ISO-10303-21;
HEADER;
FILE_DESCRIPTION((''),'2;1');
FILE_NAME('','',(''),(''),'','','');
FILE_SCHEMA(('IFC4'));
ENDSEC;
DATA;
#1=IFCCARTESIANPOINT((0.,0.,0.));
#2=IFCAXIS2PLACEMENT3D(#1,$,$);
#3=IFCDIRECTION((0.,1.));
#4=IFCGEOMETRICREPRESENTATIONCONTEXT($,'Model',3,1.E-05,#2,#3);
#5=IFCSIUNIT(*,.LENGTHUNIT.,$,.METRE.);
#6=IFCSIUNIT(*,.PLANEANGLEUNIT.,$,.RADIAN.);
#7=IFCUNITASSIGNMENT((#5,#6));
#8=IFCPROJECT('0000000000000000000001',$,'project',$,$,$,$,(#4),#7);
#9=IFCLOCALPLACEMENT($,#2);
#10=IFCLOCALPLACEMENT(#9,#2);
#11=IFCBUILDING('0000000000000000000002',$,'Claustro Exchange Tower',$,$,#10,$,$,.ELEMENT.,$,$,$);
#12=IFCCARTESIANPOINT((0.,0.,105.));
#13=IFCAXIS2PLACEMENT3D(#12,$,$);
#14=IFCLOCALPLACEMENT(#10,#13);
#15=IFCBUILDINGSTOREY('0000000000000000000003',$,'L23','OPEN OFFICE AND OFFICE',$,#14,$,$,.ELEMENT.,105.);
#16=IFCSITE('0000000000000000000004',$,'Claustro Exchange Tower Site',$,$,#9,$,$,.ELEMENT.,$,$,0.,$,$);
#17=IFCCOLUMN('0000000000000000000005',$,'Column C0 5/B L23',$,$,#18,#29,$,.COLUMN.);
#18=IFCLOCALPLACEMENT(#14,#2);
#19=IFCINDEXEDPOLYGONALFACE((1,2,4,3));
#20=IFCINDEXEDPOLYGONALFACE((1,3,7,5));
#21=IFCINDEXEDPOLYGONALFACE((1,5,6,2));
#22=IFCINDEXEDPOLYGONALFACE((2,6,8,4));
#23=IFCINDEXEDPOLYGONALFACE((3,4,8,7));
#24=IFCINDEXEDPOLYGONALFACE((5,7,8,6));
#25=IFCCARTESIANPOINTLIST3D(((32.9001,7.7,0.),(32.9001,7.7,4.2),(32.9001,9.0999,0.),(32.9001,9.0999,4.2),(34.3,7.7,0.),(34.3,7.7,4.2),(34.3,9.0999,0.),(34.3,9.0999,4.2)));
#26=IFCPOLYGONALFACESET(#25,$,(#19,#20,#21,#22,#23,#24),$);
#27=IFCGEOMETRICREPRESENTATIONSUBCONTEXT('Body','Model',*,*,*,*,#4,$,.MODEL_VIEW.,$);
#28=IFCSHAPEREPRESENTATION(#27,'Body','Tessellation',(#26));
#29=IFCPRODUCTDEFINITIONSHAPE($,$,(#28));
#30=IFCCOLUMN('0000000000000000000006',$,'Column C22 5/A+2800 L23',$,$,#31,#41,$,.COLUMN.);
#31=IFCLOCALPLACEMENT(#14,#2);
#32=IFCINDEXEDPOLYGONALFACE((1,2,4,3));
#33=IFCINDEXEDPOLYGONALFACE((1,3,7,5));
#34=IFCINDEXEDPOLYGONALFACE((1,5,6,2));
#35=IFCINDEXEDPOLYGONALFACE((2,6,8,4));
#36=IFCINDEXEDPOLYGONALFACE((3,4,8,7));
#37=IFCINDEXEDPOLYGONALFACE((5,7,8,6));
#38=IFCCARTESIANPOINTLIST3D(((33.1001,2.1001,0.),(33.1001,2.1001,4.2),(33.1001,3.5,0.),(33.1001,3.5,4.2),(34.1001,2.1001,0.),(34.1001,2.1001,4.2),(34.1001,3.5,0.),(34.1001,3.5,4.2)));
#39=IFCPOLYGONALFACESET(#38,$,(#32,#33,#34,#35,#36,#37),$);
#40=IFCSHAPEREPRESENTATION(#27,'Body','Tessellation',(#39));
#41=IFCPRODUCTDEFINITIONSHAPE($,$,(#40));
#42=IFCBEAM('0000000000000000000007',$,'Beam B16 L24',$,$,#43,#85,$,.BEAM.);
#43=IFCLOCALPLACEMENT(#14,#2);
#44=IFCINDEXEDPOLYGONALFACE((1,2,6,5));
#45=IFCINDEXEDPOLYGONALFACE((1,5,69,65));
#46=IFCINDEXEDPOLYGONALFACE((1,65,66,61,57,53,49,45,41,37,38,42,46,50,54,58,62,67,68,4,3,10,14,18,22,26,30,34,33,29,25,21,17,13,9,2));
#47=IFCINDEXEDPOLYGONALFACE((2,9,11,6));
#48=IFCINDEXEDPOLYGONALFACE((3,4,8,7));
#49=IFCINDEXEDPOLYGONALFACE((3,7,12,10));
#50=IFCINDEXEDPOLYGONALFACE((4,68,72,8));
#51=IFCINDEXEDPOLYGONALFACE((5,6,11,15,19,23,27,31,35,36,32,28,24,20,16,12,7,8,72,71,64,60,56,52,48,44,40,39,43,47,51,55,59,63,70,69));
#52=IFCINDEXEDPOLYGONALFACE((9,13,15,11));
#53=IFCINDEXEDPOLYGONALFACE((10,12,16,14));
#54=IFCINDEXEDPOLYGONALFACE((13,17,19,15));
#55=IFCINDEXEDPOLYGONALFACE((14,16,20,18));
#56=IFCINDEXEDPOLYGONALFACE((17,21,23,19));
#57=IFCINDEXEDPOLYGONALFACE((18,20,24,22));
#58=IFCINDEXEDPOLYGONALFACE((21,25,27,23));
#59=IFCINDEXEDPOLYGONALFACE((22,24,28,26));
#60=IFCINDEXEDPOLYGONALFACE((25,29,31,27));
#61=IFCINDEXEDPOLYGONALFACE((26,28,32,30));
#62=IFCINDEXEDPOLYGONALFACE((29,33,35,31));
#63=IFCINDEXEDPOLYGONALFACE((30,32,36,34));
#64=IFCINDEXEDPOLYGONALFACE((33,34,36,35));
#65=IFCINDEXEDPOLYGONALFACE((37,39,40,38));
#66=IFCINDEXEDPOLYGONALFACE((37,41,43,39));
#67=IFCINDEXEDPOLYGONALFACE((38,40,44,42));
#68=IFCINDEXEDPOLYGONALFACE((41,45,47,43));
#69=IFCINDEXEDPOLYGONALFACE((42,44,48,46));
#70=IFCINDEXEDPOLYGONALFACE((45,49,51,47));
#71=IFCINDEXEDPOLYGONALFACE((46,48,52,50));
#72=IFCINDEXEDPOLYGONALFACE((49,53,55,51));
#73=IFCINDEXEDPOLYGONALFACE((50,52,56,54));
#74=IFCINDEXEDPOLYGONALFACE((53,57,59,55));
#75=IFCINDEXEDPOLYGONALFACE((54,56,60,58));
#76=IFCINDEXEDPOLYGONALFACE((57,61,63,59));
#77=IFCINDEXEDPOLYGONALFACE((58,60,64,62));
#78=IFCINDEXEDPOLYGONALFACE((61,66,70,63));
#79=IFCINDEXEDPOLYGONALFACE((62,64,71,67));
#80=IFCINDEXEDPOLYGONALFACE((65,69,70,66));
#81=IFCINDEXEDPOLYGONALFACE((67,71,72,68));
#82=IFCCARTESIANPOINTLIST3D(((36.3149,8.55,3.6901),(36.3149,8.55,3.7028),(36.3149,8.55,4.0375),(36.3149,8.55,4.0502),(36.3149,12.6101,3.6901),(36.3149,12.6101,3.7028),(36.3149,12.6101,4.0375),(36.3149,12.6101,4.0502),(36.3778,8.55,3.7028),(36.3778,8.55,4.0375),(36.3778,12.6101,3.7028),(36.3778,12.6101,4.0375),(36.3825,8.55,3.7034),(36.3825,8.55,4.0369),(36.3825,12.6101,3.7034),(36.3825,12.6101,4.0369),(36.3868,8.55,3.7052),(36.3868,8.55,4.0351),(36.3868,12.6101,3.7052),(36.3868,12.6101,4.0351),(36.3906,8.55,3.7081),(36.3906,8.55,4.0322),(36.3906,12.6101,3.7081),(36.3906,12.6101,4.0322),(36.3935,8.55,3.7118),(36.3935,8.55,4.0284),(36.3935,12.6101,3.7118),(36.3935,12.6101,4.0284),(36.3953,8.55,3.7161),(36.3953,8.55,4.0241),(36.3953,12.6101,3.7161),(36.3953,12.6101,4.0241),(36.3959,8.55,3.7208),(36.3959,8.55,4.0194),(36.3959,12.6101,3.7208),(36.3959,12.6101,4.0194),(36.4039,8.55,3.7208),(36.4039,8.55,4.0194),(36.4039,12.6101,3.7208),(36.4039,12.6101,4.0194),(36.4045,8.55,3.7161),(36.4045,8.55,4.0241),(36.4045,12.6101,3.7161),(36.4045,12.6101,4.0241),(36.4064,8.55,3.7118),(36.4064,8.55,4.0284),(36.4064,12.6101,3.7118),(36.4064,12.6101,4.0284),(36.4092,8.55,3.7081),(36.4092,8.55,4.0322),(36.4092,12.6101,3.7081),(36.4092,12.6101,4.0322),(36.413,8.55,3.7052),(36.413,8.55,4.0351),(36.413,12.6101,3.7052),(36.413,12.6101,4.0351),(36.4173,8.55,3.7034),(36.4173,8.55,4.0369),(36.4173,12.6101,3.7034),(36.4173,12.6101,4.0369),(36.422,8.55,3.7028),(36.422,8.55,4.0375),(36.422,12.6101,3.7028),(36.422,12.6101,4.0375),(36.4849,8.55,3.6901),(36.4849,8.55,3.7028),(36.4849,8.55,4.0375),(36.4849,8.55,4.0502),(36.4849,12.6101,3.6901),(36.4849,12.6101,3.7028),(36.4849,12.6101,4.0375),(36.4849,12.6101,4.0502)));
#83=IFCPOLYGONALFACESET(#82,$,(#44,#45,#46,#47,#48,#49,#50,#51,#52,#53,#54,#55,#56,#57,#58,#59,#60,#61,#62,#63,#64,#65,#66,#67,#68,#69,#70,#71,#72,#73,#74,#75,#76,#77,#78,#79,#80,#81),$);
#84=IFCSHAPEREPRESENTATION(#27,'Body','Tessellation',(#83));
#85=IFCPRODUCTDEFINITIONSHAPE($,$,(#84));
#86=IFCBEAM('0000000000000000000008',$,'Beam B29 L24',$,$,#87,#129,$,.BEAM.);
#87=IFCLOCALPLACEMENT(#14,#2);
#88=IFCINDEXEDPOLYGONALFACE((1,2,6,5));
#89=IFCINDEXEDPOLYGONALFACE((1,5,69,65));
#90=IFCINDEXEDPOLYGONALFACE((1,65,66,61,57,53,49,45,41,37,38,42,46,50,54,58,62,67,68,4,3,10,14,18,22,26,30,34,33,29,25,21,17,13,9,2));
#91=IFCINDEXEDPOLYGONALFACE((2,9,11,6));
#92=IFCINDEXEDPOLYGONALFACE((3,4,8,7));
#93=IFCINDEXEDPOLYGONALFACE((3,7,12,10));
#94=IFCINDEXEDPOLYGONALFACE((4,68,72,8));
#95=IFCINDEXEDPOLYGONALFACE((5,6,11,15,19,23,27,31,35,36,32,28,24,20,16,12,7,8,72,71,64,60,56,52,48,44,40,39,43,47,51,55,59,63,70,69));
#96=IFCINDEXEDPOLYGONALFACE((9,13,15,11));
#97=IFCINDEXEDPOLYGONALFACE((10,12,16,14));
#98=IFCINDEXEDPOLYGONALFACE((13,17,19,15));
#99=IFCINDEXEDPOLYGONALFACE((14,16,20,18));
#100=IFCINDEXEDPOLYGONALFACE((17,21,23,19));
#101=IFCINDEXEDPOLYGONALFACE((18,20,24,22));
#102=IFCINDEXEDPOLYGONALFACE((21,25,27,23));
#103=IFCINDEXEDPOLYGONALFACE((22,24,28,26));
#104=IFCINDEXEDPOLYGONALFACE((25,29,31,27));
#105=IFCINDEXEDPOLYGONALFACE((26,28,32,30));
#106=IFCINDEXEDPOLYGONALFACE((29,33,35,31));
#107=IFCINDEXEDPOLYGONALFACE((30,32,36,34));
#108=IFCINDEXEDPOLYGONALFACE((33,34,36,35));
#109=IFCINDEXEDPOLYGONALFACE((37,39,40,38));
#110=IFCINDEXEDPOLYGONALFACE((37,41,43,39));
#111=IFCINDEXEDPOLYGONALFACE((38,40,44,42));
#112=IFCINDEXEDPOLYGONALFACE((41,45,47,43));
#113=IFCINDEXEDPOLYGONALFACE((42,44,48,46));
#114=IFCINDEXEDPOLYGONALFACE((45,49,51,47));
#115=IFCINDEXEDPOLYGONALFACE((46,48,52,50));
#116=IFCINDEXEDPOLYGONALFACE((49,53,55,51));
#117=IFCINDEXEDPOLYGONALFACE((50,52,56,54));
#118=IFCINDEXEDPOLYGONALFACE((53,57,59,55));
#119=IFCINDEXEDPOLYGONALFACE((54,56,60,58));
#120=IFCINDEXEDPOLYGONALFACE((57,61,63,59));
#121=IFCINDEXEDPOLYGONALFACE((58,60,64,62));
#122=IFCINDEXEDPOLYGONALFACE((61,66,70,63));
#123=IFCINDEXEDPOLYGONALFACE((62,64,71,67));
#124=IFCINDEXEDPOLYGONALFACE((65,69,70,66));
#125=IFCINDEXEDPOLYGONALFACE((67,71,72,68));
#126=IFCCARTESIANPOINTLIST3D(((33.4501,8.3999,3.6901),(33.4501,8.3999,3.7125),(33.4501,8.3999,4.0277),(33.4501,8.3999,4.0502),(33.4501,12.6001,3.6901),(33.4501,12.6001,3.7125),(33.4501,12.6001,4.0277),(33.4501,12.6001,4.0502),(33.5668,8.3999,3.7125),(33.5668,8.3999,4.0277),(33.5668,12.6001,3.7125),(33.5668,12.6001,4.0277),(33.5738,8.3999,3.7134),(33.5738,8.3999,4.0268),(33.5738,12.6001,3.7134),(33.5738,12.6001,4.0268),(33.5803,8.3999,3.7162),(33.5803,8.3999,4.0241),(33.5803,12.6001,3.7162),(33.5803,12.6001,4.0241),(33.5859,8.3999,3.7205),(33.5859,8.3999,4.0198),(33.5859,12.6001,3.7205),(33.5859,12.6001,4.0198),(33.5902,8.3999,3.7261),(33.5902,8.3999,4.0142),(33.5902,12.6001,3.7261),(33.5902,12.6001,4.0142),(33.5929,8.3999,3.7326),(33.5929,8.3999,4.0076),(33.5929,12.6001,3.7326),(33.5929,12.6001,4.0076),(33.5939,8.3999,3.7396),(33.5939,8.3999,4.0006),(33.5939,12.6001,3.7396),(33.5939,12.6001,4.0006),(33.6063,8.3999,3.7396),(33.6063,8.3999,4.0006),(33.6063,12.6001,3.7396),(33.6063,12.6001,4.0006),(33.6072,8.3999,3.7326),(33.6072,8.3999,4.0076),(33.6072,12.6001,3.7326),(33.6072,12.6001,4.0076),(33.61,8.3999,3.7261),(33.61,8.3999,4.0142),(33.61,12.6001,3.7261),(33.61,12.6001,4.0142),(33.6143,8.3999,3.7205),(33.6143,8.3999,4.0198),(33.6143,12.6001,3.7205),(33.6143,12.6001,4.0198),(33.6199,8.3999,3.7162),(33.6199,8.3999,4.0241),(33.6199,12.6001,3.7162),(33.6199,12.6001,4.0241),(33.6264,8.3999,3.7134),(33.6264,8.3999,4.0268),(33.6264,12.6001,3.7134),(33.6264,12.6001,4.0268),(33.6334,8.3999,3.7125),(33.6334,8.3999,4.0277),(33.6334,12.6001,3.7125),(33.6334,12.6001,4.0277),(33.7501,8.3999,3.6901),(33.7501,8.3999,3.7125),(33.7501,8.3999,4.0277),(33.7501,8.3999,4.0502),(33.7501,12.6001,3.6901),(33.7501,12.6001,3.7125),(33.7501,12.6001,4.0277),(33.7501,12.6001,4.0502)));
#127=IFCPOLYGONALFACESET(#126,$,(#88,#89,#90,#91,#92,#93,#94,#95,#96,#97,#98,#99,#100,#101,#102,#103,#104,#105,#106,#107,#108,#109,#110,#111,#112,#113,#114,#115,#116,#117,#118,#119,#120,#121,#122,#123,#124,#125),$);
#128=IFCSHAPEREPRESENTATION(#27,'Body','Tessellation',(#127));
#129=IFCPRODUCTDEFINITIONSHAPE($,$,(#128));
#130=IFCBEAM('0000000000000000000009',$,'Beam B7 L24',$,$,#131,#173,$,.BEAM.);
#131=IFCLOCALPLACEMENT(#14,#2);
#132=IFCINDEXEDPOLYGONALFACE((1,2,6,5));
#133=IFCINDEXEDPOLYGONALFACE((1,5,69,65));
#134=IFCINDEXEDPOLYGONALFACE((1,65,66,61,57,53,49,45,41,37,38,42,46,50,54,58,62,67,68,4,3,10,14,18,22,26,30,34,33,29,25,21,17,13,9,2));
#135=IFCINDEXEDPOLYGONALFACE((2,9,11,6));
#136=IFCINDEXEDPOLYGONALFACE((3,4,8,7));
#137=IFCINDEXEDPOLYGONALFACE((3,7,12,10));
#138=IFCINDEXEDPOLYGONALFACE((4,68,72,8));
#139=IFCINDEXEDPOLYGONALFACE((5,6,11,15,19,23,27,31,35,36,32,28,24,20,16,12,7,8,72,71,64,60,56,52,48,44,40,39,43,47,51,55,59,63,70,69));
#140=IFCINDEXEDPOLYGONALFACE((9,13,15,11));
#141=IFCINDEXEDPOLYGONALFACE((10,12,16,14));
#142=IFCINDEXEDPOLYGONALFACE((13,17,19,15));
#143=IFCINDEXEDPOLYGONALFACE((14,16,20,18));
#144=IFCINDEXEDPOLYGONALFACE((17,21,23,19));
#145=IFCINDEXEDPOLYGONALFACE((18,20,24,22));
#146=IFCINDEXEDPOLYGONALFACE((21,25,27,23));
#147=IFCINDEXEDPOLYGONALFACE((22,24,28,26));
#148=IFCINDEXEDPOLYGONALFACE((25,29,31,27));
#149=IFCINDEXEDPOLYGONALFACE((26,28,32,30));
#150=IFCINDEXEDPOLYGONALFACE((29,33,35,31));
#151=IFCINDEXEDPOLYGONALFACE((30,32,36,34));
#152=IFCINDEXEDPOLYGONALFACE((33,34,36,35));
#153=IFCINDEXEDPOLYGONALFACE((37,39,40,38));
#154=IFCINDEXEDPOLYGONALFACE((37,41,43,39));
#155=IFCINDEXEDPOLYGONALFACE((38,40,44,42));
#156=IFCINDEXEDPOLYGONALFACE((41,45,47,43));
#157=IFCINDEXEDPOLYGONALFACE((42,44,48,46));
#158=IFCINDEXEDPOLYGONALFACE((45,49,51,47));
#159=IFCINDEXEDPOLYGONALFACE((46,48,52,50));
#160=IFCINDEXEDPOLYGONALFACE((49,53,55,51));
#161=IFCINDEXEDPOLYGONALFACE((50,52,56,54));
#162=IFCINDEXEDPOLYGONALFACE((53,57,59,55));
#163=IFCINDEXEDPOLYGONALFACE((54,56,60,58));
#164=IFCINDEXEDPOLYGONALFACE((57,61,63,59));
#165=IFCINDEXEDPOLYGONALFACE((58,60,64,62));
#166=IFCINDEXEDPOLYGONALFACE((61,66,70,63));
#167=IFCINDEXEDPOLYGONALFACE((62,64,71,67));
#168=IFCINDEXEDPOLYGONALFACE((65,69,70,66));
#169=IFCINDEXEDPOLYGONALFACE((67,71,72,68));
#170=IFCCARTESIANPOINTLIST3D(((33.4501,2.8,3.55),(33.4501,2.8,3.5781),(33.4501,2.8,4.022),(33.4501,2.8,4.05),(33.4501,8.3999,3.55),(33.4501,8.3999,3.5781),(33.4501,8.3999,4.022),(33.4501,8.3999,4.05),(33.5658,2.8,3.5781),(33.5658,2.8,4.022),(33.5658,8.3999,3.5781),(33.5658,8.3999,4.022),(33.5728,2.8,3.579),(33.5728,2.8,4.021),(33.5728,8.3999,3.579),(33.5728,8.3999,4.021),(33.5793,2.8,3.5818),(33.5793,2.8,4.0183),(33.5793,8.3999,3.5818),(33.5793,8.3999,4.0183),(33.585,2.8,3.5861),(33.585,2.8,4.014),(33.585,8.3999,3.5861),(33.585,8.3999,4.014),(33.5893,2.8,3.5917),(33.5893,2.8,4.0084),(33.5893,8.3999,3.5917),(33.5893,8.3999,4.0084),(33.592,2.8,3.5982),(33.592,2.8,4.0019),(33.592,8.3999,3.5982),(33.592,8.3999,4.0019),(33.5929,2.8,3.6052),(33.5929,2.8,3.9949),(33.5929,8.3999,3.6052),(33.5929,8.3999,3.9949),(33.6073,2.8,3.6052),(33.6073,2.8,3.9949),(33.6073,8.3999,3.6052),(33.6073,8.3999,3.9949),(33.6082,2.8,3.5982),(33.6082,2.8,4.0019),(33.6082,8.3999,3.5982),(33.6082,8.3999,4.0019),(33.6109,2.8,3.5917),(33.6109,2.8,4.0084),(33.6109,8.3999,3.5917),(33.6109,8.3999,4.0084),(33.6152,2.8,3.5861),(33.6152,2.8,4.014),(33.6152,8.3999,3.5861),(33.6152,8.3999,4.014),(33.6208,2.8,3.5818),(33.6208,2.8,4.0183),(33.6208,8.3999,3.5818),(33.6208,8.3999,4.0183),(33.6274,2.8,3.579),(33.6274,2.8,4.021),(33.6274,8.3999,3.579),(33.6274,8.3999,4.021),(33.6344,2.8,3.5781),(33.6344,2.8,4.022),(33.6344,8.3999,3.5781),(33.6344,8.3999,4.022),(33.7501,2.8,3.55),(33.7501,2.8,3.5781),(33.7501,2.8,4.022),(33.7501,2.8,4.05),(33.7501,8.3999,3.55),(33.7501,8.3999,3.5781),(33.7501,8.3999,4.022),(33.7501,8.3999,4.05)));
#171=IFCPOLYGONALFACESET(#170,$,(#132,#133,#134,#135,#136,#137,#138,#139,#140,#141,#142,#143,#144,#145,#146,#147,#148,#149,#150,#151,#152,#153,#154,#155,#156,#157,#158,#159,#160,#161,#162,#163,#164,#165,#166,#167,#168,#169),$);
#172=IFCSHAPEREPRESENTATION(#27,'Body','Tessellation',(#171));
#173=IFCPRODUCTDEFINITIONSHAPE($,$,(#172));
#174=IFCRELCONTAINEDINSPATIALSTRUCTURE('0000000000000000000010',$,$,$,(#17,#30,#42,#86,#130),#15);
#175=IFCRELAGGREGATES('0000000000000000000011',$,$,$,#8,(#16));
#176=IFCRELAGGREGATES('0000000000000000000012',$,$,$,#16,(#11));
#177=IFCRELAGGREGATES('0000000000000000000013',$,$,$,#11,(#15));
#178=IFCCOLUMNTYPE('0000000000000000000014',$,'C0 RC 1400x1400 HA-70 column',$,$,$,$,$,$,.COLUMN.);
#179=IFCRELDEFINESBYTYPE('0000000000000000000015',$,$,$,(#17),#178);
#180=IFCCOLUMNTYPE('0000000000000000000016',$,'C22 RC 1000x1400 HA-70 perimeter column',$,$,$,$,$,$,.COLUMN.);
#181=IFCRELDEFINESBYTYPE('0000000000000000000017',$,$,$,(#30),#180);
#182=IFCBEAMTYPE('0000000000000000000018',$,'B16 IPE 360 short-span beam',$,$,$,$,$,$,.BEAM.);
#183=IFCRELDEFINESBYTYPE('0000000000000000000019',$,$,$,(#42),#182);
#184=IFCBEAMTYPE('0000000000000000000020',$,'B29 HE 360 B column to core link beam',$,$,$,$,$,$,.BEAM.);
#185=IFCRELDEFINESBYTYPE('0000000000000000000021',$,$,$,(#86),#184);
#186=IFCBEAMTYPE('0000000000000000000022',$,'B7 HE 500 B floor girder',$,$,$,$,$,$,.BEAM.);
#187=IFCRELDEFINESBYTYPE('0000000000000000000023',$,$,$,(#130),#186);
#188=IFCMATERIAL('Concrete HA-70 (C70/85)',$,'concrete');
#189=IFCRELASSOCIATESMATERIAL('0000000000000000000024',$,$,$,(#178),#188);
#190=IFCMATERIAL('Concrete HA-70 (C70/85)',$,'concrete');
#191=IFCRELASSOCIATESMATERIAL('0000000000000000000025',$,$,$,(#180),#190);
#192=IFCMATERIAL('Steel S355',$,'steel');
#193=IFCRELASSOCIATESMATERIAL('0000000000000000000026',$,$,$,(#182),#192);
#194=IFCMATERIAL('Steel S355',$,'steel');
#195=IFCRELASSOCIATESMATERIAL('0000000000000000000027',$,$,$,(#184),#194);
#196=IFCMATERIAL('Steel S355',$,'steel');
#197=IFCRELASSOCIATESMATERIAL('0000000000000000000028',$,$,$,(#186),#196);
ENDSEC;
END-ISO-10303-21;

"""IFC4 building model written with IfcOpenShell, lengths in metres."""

from ifc_helpers import new_model, si_unit, direction, frame, origin, origin_2d, place, context, subcontext, project, spatial, rectangle, i_section, extrude, material, material_profile, profile_set, type_object, element, save


model = new_model("IFC4")

# Units and contexts
model_context = context("Model", 3, precision=1e-05, world=origin(), true_north=direction((0.0, 1.0)))
body_context = subcontext(model_context, "Body", "Model", "MODEL_VIEW")
ifc_project = project(units=[si_unit("LENGTHUNIT", "METRE"), si_unit("PLANEANGLEUNIT", "RADIAN")], contexts=[model_context])

# Site, building, storey
site_placement = place(None, origin())
site = spatial("IfcSite", under=ifc_project, at=site_placement, Name="Claustro Exchange Tower Site", CompositionType="ELEMENT", RefElevation=0.0)
building_placement = place(site_placement, origin())
building = spatial("IfcBuilding", under=site, at=building_placement, Name="Claustro Exchange Tower", CompositionType="ELEMENT")
storey_placement = place(building_placement, frame((0.0, 0.0, 105.0)))
storey = spatial("IfcBuildingStorey", under=building, at=storey_placement, Name="L23", Description="OPEN OFFICE AND OFFICE", CompositionType="ELEMENT", Elevation=105.0)

# Columns
ifc_material_1 = material(Name="Concrete HA-70 (C70/85)", Category="concrete")
ifc_material_profile_1 = material_profile(ifc_material_1, rectangle(XDim=1.3999, YDim=1.3999, at=origin_2d()), Name="RC 1400x1400")
ifc_profile_set_1 = profile_set([ifc_material_profile_1], Name="Concrete HA-70 (C70/85)")
column_type_1 = type_object("IfcColumnType", Name="C0 RC 1400x1400 HA-70 column", PredefinedType="COLUMN", material=ifc_profile_set_1)
column_1_placement = place(storey_placement, frame((33.6001, 8.3999, 0.0), z_axis=(0.0, 0.0, 1.0), x_axis=(1.0, 0.0, 0.0)))
element("IfcColumn", 1, at=column_1_placement, inside=storey, type_object=column_type_1, Name="Column C0 5/B L23", PredefinedType="COLUMN", context=body_context, shape_type="SweptSolid", body=[
    extrude(rectangle(XDim=1.3999, YDim=1.3999, at=origin_2d()), origin(), (0.0, 0.0, 1.0), 4.2),
])
ifc_material_2 = material(Name="Concrete HA-70 (C70/85)", Category="concrete")
ifc_material_profile_2 = material_profile(ifc_material_2, rectangle(XDim=1.0, YDim=1.3999, at=origin_2d()), Name="RC 1000x1400")
ifc_profile_set_2 = profile_set([ifc_material_profile_2], Name="Concrete HA-70 (C70/85)")
column_type_2 = type_object("IfcColumnType", Name="C22 RC 1000x1400 HA-70 perimeter column", PredefinedType="COLUMN", material=ifc_profile_set_2)
column_2_placement = place(storey_placement, frame((33.6001, 2.8, 0.0), z_axis=(0.0, 0.0, 1.0), x_axis=(1.0, 0.0, 0.0)))
element("IfcColumn", 2, at=column_2_placement, inside=storey, type_object=column_type_2, Name="Column C22 5/A+2800 L23", PredefinedType="COLUMN", context=body_context, shape_type="SweptSolid", body=[
    extrude(rectangle(XDim=1.0, YDim=1.3999, at=origin_2d()), origin(), (0.0, 0.0, 1.0), 4.2),
])

# Beams
ifc_material_3 = material(Name="Steel S355", Category="steel")
ifc_material_profile_3 = material_profile(ifc_material_3, i_section(OverallWidth=0.1699, OverallDepth=0.3601, WebThickness=0.0081, FlangeThickness=0.0127, FilletRadius=0.0181, at=origin_2d()), Name="IPE 360")
ifc_profile_set_3 = profile_set([ifc_material_profile_3], Name="Steel S355")
beam_type_1 = type_object("IfcBeamType", Name="B16 IPE 360 short-span beam", PredefinedType="BEAM", material=ifc_profile_set_3)
beam_1_placement = place(storey_placement, frame((36.3999, 8.55, 3.8701), z_axis=(0.0, 1.0, 0.0), x_axis=(-1.0, 0.0, 0.0)))
element("IfcBeam", 3, at=beam_1_placement, inside=storey, type_object=beam_type_1, Name="Beam B16 L24", PredefinedType="BEAM", context=body_context, shape_type="SweptSolid", body=[
    extrude(i_section(OverallWidth=0.1699, OverallDepth=0.3601, WebThickness=0.0081, FlangeThickness=0.0127, FilletRadius=0.0181, at=origin_2d()), origin(), (0.0, 0.0, 1.0), 4.0601),
])
ifc_material_4 = material(Name="Steel S355", Category="steel")
ifc_material_profile_4 = material_profile(ifc_material_4, i_section(OverallWidth=0.3, OverallDepth=0.3601, WebThickness=0.0125, FlangeThickness=0.0225, FilletRadius=0.0271, at=origin_2d()), Name="HE 360 B")
ifc_profile_set_4 = profile_set([ifc_material_profile_4], Name="Steel S355")
beam_type_2 = type_object("IfcBeamType", Name="B29 HE 360 B column to core link beam", PredefinedType="BEAM", material=ifc_profile_set_4)
beam_2_placement = place(storey_placement, frame((33.6001, 8.3999, 3.8701), z_axis=(0.0, 1.0, 0.0), x_axis=(-1.0, 0.0, 0.0)))
element("IfcBeam", 4, at=beam_2_placement, inside=storey, type_object=beam_type_2, Name="Beam B29 L24", PredefinedType="BEAM", context=body_context, shape_type="SweptSolid", body=[
    extrude(i_section(OverallWidth=0.3, OverallDepth=0.3601, WebThickness=0.0125, FlangeThickness=0.0225, FilletRadius=0.0271, at=origin_2d()), origin(), (0.0, 0.0, 1.0), 4.2002),
])
ifc_material_5 = material(Name="Steel S355", Category="steel")
ifc_material_profile_5 = material_profile(ifc_material_5, i_section(OverallWidth=0.3, OverallDepth=0.5, WebThickness=0.0144, FlangeThickness=0.0281, FilletRadius=0.0271, at=origin_2d()), Name="HE 500 B")
ifc_profile_set_5 = profile_set([ifc_material_profile_5], Name="Steel S355")
beam_type_3 = type_object("IfcBeamType", Name="B7 HE 500 B floor girder", PredefinedType="BEAM", material=ifc_profile_set_5)
beam_3_placement = place(storey_placement, frame((33.6001, 2.8, 3.8), z_axis=(0.0, 1.0, 0.0), x_axis=(-1.0, 0.0, 0.0)))
element("IfcBeam", 5, at=beam_3_placement, inside=storey, type_object=beam_type_3, Name="Beam B7 L24", PredefinedType="BEAM", context=body_context, shape_type="SweptSolid", body=[
    extrude(i_section(OverallWidth=0.3, OverallDepth=0.5, WebThickness=0.0144, FlangeThickness=0.0281, FilletRadius=0.0271, at=origin_2d()), origin(), (0.0, 0.0, 1.0), 5.5999),
])

save(model, "model.ifc")
